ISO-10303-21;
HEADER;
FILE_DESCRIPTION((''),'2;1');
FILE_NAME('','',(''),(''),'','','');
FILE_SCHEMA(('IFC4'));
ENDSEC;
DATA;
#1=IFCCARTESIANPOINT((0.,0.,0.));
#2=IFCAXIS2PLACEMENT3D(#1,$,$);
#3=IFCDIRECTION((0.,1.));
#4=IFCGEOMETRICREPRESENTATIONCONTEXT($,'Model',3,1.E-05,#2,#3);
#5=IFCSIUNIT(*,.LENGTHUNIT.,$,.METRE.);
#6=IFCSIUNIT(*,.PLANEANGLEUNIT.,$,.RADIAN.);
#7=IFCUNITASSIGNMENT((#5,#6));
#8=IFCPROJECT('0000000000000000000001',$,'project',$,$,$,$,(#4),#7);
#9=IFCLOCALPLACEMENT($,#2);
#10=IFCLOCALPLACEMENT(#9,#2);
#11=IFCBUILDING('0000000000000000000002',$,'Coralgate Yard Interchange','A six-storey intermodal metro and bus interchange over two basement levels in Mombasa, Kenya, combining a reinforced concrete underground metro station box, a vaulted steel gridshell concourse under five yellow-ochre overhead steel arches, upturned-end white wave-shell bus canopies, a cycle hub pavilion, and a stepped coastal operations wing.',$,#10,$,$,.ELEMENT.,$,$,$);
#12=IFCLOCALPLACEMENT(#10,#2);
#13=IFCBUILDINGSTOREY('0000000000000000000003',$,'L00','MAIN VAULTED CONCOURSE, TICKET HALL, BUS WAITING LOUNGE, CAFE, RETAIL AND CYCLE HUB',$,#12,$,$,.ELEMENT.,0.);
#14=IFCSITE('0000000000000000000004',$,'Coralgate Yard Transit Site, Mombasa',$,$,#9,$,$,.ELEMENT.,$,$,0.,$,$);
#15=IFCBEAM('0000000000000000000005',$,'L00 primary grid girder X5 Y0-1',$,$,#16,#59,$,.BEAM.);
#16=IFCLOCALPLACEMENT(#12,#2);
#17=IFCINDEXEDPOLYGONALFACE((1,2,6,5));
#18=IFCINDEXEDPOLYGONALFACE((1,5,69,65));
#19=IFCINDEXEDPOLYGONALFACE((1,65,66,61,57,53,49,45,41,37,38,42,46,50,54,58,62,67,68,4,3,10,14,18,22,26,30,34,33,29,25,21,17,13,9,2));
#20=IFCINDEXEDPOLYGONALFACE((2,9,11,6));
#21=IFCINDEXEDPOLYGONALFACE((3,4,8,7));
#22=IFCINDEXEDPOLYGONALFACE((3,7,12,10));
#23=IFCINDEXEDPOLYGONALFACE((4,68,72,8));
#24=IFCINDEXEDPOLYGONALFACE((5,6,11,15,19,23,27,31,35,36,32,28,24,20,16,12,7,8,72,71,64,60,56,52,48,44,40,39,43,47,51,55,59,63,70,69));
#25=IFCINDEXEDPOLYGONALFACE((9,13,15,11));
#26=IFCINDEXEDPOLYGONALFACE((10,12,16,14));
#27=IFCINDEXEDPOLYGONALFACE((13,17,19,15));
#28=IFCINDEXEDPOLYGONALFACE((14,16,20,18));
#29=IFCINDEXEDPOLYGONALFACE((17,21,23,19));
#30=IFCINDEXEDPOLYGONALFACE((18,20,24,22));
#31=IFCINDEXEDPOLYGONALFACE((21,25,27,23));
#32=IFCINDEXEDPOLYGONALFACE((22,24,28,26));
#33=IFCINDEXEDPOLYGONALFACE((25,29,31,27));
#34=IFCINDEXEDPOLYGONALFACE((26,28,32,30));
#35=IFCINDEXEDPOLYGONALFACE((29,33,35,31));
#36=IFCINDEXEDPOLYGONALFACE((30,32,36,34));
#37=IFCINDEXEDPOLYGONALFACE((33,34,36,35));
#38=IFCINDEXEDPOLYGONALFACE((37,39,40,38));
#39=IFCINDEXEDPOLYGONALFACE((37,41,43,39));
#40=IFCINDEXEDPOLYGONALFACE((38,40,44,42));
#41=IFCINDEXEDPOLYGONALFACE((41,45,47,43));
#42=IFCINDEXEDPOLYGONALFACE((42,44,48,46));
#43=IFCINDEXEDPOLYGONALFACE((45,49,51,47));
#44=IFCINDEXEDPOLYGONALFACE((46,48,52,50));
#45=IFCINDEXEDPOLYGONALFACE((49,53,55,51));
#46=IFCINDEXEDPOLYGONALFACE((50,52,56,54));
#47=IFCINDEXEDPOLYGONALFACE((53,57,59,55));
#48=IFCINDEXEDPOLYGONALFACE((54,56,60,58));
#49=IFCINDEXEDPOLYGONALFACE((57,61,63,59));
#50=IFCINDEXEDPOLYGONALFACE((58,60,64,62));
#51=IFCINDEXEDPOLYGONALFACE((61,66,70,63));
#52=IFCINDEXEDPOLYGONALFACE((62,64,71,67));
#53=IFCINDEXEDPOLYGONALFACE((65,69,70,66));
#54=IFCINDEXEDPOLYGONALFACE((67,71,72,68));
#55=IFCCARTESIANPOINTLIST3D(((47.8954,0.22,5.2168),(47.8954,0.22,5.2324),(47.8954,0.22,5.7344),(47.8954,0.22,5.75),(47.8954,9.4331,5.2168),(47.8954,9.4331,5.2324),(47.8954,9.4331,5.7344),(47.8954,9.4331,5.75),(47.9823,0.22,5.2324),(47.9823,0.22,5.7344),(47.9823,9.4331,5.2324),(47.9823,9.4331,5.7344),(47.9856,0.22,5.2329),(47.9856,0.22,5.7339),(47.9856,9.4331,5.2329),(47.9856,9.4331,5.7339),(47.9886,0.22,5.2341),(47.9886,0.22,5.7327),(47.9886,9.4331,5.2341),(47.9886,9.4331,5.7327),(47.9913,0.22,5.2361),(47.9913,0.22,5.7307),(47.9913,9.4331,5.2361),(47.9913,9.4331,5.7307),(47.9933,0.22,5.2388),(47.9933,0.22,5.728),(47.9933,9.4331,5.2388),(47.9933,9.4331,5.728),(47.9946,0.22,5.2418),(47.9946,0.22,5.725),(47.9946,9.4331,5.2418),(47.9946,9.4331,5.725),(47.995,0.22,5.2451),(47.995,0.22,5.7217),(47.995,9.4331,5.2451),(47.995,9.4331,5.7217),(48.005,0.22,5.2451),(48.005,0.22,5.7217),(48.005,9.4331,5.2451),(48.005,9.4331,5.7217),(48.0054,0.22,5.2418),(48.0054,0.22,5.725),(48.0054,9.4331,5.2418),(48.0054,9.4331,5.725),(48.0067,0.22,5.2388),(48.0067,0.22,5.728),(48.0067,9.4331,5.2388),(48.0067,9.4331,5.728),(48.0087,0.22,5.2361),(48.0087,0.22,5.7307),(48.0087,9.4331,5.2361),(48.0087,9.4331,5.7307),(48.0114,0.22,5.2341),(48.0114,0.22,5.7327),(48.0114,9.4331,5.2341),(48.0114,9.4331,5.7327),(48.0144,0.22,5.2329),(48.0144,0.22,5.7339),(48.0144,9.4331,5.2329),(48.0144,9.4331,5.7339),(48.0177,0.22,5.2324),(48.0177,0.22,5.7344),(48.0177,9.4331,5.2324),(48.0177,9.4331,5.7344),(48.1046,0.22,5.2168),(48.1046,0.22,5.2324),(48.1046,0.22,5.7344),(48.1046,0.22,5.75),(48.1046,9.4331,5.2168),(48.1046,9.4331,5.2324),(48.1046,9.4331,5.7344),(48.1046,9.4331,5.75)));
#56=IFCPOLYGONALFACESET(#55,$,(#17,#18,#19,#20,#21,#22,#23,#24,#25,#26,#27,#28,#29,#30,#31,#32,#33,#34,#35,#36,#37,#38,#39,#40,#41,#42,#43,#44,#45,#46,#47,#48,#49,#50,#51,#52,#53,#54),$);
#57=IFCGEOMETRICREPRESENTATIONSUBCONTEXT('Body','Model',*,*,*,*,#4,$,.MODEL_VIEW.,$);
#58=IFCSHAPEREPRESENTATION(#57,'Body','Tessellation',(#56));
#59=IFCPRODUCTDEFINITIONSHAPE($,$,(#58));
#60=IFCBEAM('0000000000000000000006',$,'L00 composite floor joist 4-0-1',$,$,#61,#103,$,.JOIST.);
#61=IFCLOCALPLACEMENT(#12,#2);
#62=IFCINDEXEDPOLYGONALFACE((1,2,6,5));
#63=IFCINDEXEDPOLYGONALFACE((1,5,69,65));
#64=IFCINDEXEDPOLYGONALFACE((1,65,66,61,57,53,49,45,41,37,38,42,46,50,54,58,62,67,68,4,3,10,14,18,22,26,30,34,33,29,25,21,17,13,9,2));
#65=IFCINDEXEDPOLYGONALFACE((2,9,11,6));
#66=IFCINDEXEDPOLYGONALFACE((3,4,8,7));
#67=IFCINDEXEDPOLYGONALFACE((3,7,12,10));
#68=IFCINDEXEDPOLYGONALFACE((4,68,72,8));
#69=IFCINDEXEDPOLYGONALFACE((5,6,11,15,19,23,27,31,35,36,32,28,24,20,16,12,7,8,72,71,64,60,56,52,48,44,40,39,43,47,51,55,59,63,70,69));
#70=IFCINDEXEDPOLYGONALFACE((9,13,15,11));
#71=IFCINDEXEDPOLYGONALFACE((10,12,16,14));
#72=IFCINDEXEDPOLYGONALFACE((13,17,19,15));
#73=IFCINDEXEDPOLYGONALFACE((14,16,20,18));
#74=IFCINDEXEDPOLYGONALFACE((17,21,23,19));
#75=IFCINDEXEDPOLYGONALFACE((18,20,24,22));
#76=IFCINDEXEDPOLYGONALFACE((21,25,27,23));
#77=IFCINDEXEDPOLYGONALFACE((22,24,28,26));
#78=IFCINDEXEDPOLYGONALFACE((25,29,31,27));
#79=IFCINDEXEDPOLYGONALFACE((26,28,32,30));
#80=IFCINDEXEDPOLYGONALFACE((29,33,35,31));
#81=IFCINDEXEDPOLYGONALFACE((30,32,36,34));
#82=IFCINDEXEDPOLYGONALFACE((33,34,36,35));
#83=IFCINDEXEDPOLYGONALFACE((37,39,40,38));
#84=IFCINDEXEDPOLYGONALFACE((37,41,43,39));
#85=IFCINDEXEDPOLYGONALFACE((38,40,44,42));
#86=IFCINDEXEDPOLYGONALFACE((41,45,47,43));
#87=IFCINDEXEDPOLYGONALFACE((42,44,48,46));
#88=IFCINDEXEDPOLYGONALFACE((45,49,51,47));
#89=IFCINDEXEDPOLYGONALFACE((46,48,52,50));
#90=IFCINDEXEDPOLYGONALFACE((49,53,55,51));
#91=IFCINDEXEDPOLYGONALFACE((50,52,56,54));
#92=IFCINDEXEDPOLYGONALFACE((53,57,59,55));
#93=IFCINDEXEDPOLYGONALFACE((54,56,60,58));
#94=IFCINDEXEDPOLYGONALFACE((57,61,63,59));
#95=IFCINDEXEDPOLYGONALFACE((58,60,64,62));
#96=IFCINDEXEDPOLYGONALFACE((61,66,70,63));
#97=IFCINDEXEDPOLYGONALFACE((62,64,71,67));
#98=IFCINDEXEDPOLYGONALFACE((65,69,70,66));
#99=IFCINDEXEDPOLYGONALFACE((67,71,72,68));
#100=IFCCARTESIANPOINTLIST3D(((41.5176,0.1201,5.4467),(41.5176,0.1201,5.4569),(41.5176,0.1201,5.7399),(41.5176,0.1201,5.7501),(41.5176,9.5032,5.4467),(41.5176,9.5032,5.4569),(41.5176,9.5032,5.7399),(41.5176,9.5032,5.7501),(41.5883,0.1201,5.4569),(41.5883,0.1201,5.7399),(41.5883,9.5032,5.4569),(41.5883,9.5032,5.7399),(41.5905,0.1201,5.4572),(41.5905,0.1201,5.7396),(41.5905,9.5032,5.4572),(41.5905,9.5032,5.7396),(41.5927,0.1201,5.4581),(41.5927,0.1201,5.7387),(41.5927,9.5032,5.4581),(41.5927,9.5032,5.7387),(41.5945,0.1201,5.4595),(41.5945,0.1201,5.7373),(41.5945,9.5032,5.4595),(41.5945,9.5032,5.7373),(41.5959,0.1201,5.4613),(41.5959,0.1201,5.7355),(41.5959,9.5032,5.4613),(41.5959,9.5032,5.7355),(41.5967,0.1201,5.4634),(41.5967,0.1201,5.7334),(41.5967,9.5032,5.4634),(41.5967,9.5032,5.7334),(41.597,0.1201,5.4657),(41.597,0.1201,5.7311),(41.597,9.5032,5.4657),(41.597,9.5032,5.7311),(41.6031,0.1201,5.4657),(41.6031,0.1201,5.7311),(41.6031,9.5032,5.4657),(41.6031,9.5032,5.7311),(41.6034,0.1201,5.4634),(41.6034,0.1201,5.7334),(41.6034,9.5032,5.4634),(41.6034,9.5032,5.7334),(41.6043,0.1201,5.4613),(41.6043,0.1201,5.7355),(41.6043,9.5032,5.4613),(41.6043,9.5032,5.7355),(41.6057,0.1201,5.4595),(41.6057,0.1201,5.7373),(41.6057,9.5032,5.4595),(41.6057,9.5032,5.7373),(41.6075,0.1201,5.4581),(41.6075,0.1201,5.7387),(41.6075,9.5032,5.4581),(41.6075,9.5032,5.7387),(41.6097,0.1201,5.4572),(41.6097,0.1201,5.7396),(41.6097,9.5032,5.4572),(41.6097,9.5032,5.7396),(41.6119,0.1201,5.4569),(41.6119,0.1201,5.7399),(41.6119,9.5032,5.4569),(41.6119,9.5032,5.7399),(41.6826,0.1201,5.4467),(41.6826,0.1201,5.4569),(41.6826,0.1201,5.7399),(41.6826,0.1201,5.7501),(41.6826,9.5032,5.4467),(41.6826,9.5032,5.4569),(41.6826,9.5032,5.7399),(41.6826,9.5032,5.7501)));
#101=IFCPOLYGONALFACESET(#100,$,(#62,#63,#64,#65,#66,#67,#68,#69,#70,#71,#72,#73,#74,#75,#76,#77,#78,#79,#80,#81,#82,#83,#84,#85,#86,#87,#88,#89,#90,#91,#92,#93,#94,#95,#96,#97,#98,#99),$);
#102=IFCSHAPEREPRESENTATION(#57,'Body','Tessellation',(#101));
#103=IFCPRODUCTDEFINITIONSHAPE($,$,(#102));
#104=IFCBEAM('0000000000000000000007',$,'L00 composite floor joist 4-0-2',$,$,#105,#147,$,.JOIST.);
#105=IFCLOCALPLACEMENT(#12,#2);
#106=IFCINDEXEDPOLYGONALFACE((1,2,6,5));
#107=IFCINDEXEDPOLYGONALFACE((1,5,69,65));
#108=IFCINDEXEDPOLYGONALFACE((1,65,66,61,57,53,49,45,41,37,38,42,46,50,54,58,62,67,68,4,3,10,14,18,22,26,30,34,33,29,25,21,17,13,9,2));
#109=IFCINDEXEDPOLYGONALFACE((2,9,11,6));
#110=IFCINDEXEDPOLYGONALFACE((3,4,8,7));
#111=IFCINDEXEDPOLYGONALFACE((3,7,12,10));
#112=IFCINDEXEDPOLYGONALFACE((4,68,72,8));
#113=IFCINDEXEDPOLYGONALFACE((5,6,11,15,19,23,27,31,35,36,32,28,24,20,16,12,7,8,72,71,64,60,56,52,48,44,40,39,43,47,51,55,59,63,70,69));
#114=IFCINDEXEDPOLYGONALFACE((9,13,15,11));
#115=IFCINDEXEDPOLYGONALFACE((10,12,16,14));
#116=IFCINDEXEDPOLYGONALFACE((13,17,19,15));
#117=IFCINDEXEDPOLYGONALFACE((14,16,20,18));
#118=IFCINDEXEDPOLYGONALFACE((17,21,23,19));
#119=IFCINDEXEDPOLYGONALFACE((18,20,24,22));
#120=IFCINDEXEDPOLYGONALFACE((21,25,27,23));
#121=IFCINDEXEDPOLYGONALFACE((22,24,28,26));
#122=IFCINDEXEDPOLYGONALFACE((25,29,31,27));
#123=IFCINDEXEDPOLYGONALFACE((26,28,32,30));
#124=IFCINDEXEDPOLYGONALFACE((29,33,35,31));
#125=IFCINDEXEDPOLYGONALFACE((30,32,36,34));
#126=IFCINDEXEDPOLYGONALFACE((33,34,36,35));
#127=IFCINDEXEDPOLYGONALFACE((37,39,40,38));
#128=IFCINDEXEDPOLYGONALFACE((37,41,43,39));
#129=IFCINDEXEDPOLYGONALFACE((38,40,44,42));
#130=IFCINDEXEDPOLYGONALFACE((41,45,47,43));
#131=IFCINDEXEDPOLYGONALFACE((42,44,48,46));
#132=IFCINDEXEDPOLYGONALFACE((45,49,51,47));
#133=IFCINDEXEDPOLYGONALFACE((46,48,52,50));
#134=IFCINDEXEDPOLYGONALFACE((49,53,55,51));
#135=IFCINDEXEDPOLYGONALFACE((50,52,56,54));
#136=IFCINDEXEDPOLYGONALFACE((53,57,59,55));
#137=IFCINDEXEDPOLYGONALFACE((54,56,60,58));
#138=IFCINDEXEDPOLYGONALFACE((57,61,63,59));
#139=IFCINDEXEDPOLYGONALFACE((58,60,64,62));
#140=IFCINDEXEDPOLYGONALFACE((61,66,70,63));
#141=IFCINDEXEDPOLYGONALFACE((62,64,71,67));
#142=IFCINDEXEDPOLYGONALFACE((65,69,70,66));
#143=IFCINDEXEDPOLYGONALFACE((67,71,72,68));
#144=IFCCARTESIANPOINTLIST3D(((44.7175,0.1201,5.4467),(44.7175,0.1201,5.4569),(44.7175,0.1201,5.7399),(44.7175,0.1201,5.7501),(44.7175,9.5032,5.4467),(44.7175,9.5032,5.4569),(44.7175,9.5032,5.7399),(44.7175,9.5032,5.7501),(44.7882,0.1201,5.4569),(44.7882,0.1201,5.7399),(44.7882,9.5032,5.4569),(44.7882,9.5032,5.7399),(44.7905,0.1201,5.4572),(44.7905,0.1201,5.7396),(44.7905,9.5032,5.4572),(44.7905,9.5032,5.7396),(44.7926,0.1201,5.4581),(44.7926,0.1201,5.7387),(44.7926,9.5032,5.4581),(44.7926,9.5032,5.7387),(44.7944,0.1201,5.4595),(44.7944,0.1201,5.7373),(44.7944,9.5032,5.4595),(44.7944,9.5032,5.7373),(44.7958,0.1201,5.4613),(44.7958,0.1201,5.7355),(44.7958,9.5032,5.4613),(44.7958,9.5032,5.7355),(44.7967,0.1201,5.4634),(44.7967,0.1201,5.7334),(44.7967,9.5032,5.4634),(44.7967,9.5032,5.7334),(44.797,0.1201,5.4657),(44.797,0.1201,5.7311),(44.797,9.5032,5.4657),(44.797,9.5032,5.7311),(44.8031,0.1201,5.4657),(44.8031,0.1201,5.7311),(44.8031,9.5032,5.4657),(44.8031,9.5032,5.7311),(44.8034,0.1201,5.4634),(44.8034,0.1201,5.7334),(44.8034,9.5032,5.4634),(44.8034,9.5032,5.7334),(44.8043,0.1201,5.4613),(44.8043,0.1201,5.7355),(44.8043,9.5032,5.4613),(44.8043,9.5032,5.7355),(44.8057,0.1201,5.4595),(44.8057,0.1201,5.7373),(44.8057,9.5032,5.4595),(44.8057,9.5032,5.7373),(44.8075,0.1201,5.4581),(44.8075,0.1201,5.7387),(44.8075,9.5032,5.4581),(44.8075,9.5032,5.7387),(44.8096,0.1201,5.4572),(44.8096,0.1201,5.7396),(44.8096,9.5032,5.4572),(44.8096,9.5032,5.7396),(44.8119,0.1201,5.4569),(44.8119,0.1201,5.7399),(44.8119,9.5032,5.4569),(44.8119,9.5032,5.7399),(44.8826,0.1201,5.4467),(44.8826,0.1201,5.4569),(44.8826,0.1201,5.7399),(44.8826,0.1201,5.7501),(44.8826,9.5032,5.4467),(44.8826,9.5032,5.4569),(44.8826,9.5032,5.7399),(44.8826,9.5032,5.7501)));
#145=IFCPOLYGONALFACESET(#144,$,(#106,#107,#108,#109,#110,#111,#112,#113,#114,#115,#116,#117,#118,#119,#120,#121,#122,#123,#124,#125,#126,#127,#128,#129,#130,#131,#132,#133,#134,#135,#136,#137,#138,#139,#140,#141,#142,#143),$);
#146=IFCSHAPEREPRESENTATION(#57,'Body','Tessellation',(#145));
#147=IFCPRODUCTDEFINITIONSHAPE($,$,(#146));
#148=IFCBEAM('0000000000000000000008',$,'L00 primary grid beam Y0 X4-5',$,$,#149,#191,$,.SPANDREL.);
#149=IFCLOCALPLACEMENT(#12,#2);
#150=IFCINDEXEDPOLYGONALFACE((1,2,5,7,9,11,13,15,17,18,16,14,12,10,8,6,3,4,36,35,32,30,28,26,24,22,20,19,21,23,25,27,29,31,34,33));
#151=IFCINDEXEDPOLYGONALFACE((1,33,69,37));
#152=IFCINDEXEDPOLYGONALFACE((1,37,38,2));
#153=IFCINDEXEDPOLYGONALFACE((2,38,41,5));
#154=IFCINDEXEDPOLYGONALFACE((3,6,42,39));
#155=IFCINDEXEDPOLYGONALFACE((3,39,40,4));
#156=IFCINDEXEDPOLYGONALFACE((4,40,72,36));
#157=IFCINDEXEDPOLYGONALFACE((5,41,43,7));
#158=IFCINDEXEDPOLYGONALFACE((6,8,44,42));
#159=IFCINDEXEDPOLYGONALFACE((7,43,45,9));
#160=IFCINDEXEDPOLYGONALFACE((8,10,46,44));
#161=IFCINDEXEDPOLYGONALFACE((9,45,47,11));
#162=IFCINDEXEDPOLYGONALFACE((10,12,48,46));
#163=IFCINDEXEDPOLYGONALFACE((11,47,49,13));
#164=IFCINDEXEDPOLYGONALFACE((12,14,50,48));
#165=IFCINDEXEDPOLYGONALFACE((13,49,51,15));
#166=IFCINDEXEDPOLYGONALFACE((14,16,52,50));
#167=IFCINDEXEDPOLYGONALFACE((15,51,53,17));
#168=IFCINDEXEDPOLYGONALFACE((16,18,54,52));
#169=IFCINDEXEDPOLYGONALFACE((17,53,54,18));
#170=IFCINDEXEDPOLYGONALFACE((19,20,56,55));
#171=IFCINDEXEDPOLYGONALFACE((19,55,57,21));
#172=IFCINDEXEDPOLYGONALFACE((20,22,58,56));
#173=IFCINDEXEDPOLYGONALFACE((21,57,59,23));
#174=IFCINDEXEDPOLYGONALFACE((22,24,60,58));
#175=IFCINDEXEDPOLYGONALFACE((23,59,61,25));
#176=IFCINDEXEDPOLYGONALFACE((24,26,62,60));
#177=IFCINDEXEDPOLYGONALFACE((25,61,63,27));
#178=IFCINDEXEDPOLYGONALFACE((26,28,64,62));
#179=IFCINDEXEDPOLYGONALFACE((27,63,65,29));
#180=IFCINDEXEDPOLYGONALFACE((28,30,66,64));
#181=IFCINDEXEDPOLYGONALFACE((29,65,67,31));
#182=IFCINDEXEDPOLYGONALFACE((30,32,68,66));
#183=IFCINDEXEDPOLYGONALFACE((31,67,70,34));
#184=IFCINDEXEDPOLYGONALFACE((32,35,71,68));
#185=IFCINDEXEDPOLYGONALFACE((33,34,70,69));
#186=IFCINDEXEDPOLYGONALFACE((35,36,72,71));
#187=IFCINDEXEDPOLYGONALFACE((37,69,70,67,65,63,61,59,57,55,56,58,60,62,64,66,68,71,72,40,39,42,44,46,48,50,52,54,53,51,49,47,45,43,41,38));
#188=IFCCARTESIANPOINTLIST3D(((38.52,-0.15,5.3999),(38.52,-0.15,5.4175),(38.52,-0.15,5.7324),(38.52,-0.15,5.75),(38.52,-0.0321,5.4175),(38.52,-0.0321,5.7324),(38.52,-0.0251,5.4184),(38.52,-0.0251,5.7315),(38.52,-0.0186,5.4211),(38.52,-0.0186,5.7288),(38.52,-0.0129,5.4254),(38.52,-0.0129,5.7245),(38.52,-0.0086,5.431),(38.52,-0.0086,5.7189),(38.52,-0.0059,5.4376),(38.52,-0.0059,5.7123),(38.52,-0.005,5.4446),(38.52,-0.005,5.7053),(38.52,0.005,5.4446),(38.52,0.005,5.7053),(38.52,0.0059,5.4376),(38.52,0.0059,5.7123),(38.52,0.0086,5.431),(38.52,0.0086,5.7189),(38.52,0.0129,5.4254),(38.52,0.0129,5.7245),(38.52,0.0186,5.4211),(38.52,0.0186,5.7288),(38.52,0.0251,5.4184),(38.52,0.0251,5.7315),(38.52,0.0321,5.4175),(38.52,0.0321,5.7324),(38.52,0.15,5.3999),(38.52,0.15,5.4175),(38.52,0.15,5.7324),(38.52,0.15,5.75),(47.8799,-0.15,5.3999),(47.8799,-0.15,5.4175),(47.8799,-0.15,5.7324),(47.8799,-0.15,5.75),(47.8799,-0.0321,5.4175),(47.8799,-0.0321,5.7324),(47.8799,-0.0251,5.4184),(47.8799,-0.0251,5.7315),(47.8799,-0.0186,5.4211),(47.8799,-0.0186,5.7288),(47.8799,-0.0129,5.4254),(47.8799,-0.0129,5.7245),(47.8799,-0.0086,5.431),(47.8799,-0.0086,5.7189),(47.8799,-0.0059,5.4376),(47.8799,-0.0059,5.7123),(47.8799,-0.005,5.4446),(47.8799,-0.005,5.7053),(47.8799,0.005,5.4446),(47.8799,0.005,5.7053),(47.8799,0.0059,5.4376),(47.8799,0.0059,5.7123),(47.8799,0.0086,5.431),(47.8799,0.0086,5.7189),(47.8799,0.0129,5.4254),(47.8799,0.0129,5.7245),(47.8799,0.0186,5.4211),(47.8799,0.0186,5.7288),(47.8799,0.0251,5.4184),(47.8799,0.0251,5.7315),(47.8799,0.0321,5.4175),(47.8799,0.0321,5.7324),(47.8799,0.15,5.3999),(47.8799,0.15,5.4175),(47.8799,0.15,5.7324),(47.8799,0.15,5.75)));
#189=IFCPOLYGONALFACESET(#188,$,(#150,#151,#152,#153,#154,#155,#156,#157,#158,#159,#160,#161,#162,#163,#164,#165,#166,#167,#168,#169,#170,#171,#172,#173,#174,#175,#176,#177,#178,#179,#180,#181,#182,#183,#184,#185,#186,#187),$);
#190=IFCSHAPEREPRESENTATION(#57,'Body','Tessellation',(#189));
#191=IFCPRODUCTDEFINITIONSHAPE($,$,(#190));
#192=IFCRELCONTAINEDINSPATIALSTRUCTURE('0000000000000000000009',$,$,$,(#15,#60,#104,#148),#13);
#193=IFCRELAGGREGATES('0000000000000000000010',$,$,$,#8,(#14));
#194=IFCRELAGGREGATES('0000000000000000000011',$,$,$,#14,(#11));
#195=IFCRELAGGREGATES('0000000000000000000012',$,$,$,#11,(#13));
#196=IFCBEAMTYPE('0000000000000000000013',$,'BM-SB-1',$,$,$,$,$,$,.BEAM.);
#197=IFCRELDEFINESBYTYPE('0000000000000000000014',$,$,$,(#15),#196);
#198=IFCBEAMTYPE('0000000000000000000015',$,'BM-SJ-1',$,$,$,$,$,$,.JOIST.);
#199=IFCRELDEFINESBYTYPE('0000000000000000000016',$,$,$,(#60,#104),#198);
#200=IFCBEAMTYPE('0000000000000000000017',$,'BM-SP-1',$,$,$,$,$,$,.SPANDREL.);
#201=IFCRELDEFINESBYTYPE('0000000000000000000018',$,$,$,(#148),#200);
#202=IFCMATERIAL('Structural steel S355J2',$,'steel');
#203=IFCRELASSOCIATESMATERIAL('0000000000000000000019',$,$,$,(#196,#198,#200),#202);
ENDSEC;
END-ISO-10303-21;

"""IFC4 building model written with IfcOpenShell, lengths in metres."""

from ifc_helpers import new_model, si_unit, direction, frame, origin, origin_2d, place, context, subcontext, project, spatial, i_section, extrude, material, material_profile, profile_set, type_object, element, save


model = new_model("IFC4")

# Units and contexts
model_context = context("Model", 3, precision=1e-05, world=origin(), true_north=direction((0.0, 1.0)))
body_context = subcontext(model_context, "Body", "Model", "MODEL_VIEW")
ifc_project = project(units=[si_unit("LENGTHUNIT", "METRE"), si_unit("PLANEANGLEUNIT", "RADIAN")], contexts=[model_context])

# Site, building, storey
site_placement = place(None, origin())
site = spatial("IfcSite", under=ifc_project, at=site_placement, Name="Coralgate Yard Transit Site, Mombasa", CompositionType="ELEMENT", RefElevation=0.0)
building_placement = place(site_placement, origin())
building = spatial("IfcBuilding", under=site, at=building_placement, Name="Coralgate Yard Interchange", Description="A six-storey intermodal metro and bus interchange over two basement levels in Mombasa, Kenya, combining a reinforced concrete underground metro station box, a vaulted steel gridshell concourse under five yellow-ochre overhead steel arches, upturned-end white wave-shell bus canopies, a cycle hub pavilion, and a stepped coastal operations wing.", CompositionType="ELEMENT")
storey_placement = place(building_placement, origin())
storey = spatial("IfcBuildingStorey", under=building, at=storey_placement, Name="L00", Description="MAIN VAULTED CONCOURSE, TICKET HALL, BUS WAITING LOUNGE, CAFE, RETAIL AND CYCLE HUB", CompositionType="ELEMENT", Elevation=0.0)

# Shared definitions
ifc_material_1 = material(Name="Structural steel S355J2", Category="steel")

# Beams
ifc_material_profile_1 = material_profile(ifc_material_1, i_section(OverallWidth=0.2092, OverallDepth=0.5332, WebThickness=0.01, FlangeThickness=0.0156, FilletRadius=0.0127, at=origin_2d()), Name="UB 533x210x92")
ifc_profile_set_1 = profile_set([ifc_material_profile_1], Name="Structural steel S355J2")
beam_type_1 = type_object("IfcBeamType", Name="BM-SB-1", PredefinedType="BEAM", material=ifc_profile_set_1)
for number, where, z_axis, x_axis, name in (
    (1, (48.0, 0.22, 5.4834), (0.0, 1.0, 0.0), (-1.0, 0.0, 0.0), "L00 primary grid girder X5 Y0-1"),
):
    element("IfcBeam", number, at=place(storey_placement, frame(where, z_axis=z_axis, x_axis=x_axis)), inside=storey, type_object=beam_type_1, Name=name, PredefinedType="BEAM", context=body_context, shape_type="SweptSolid", body=[
        extrude(i_section(OverallWidth=0.2092, OverallDepth=0.5332, WebThickness=0.01, FlangeThickness=0.0156, FilletRadius=0.0127, at=origin_2d()), origin(), (0.0, 0.0, 1.0), 9.2131),
    ])
ifc_material_profile_2 = material_profile(ifc_material_1, i_section(OverallWidth=0.165, OverallDepth=0.3035, WebThickness=0.0061, FlangeThickness=0.0103, FilletRadius=0.0088, at=origin_2d()), Name="UB 305x165x40")
ifc_profile_set_2 = profile_set([ifc_material_profile_2], Name="Structural steel S355J2")
beam_type_2 = type_object("IfcBeamType", Name="BM-SJ-1", PredefinedType="JOIST", material=ifc_profile_set_2)
for number, where, z_axis, x_axis, name in (
    (2, (41.6001, 0.1201, 5.5984), (0.0, 1.0, 0.0), (-1.0, 0.0, 0.0), "L00 composite floor joist 4-0-1"),
    (3, (44.8, 0.1201, 5.5984), (0.0, 1.0, 0.0), (-1.0, 0.0, 0.0), "L00 composite floor joist 4-0-2"),
):
    element("IfcBeam", number, at=place(storey_placement, frame(where, z_axis=z_axis, x_axis=x_axis)), inside=storey, type_object=beam_type_2, Name=name, PredefinedType="JOIST", context=body_context, shape_type="SweptSolid", body=[
        extrude(i_section(OverallWidth=0.165, OverallDepth=0.3035, WebThickness=0.0061, FlangeThickness=0.0103, FilletRadius=0.0088, at=origin_2d()), origin(), (0.0, 0.0, 1.0), 9.3831),
    ])
ifc_material_profile_3 = material_profile(ifc_material_1, i_section(OverallWidth=0.3, OverallDepth=0.3501, WebThickness=0.01, FlangeThickness=0.0176, FilletRadius=0.0271, at=origin_2d()), Name="HEA 360")
ifc_profile_set_3 = profile_set([ifc_material_profile_3], Name="Structural steel S355J2")
beam_type_3 = type_object("IfcBeamType", Name="BM-SP-1", PredefinedType="SPANDREL", material=ifc_profile_set_3)
for number, where, z_axis, x_axis, name in (
    (4, (38.52, 0.0, 5.575), (1.0, 0.0, 0.0), (0.0, 1.0, 0.0), "L00 primary grid beam Y0 X4-5"),
):
    element("IfcBeam", number, at=place(storey_placement, frame(where, z_axis=z_axis, x_axis=x_axis)), inside=storey, type_object=beam_type_3, Name=name, PredefinedType="SPANDREL", context=body_context, shape_type="SweptSolid", body=[
        extrude(i_section(OverallWidth=0.3, OverallDepth=0.3501, WebThickness=0.01, FlangeThickness=0.0176, FilletRadius=0.0271, at=origin_2d()), origin(), (0.0, 0.0, 1.0), 9.3599),
    ])

save(model, "model.ifc")
